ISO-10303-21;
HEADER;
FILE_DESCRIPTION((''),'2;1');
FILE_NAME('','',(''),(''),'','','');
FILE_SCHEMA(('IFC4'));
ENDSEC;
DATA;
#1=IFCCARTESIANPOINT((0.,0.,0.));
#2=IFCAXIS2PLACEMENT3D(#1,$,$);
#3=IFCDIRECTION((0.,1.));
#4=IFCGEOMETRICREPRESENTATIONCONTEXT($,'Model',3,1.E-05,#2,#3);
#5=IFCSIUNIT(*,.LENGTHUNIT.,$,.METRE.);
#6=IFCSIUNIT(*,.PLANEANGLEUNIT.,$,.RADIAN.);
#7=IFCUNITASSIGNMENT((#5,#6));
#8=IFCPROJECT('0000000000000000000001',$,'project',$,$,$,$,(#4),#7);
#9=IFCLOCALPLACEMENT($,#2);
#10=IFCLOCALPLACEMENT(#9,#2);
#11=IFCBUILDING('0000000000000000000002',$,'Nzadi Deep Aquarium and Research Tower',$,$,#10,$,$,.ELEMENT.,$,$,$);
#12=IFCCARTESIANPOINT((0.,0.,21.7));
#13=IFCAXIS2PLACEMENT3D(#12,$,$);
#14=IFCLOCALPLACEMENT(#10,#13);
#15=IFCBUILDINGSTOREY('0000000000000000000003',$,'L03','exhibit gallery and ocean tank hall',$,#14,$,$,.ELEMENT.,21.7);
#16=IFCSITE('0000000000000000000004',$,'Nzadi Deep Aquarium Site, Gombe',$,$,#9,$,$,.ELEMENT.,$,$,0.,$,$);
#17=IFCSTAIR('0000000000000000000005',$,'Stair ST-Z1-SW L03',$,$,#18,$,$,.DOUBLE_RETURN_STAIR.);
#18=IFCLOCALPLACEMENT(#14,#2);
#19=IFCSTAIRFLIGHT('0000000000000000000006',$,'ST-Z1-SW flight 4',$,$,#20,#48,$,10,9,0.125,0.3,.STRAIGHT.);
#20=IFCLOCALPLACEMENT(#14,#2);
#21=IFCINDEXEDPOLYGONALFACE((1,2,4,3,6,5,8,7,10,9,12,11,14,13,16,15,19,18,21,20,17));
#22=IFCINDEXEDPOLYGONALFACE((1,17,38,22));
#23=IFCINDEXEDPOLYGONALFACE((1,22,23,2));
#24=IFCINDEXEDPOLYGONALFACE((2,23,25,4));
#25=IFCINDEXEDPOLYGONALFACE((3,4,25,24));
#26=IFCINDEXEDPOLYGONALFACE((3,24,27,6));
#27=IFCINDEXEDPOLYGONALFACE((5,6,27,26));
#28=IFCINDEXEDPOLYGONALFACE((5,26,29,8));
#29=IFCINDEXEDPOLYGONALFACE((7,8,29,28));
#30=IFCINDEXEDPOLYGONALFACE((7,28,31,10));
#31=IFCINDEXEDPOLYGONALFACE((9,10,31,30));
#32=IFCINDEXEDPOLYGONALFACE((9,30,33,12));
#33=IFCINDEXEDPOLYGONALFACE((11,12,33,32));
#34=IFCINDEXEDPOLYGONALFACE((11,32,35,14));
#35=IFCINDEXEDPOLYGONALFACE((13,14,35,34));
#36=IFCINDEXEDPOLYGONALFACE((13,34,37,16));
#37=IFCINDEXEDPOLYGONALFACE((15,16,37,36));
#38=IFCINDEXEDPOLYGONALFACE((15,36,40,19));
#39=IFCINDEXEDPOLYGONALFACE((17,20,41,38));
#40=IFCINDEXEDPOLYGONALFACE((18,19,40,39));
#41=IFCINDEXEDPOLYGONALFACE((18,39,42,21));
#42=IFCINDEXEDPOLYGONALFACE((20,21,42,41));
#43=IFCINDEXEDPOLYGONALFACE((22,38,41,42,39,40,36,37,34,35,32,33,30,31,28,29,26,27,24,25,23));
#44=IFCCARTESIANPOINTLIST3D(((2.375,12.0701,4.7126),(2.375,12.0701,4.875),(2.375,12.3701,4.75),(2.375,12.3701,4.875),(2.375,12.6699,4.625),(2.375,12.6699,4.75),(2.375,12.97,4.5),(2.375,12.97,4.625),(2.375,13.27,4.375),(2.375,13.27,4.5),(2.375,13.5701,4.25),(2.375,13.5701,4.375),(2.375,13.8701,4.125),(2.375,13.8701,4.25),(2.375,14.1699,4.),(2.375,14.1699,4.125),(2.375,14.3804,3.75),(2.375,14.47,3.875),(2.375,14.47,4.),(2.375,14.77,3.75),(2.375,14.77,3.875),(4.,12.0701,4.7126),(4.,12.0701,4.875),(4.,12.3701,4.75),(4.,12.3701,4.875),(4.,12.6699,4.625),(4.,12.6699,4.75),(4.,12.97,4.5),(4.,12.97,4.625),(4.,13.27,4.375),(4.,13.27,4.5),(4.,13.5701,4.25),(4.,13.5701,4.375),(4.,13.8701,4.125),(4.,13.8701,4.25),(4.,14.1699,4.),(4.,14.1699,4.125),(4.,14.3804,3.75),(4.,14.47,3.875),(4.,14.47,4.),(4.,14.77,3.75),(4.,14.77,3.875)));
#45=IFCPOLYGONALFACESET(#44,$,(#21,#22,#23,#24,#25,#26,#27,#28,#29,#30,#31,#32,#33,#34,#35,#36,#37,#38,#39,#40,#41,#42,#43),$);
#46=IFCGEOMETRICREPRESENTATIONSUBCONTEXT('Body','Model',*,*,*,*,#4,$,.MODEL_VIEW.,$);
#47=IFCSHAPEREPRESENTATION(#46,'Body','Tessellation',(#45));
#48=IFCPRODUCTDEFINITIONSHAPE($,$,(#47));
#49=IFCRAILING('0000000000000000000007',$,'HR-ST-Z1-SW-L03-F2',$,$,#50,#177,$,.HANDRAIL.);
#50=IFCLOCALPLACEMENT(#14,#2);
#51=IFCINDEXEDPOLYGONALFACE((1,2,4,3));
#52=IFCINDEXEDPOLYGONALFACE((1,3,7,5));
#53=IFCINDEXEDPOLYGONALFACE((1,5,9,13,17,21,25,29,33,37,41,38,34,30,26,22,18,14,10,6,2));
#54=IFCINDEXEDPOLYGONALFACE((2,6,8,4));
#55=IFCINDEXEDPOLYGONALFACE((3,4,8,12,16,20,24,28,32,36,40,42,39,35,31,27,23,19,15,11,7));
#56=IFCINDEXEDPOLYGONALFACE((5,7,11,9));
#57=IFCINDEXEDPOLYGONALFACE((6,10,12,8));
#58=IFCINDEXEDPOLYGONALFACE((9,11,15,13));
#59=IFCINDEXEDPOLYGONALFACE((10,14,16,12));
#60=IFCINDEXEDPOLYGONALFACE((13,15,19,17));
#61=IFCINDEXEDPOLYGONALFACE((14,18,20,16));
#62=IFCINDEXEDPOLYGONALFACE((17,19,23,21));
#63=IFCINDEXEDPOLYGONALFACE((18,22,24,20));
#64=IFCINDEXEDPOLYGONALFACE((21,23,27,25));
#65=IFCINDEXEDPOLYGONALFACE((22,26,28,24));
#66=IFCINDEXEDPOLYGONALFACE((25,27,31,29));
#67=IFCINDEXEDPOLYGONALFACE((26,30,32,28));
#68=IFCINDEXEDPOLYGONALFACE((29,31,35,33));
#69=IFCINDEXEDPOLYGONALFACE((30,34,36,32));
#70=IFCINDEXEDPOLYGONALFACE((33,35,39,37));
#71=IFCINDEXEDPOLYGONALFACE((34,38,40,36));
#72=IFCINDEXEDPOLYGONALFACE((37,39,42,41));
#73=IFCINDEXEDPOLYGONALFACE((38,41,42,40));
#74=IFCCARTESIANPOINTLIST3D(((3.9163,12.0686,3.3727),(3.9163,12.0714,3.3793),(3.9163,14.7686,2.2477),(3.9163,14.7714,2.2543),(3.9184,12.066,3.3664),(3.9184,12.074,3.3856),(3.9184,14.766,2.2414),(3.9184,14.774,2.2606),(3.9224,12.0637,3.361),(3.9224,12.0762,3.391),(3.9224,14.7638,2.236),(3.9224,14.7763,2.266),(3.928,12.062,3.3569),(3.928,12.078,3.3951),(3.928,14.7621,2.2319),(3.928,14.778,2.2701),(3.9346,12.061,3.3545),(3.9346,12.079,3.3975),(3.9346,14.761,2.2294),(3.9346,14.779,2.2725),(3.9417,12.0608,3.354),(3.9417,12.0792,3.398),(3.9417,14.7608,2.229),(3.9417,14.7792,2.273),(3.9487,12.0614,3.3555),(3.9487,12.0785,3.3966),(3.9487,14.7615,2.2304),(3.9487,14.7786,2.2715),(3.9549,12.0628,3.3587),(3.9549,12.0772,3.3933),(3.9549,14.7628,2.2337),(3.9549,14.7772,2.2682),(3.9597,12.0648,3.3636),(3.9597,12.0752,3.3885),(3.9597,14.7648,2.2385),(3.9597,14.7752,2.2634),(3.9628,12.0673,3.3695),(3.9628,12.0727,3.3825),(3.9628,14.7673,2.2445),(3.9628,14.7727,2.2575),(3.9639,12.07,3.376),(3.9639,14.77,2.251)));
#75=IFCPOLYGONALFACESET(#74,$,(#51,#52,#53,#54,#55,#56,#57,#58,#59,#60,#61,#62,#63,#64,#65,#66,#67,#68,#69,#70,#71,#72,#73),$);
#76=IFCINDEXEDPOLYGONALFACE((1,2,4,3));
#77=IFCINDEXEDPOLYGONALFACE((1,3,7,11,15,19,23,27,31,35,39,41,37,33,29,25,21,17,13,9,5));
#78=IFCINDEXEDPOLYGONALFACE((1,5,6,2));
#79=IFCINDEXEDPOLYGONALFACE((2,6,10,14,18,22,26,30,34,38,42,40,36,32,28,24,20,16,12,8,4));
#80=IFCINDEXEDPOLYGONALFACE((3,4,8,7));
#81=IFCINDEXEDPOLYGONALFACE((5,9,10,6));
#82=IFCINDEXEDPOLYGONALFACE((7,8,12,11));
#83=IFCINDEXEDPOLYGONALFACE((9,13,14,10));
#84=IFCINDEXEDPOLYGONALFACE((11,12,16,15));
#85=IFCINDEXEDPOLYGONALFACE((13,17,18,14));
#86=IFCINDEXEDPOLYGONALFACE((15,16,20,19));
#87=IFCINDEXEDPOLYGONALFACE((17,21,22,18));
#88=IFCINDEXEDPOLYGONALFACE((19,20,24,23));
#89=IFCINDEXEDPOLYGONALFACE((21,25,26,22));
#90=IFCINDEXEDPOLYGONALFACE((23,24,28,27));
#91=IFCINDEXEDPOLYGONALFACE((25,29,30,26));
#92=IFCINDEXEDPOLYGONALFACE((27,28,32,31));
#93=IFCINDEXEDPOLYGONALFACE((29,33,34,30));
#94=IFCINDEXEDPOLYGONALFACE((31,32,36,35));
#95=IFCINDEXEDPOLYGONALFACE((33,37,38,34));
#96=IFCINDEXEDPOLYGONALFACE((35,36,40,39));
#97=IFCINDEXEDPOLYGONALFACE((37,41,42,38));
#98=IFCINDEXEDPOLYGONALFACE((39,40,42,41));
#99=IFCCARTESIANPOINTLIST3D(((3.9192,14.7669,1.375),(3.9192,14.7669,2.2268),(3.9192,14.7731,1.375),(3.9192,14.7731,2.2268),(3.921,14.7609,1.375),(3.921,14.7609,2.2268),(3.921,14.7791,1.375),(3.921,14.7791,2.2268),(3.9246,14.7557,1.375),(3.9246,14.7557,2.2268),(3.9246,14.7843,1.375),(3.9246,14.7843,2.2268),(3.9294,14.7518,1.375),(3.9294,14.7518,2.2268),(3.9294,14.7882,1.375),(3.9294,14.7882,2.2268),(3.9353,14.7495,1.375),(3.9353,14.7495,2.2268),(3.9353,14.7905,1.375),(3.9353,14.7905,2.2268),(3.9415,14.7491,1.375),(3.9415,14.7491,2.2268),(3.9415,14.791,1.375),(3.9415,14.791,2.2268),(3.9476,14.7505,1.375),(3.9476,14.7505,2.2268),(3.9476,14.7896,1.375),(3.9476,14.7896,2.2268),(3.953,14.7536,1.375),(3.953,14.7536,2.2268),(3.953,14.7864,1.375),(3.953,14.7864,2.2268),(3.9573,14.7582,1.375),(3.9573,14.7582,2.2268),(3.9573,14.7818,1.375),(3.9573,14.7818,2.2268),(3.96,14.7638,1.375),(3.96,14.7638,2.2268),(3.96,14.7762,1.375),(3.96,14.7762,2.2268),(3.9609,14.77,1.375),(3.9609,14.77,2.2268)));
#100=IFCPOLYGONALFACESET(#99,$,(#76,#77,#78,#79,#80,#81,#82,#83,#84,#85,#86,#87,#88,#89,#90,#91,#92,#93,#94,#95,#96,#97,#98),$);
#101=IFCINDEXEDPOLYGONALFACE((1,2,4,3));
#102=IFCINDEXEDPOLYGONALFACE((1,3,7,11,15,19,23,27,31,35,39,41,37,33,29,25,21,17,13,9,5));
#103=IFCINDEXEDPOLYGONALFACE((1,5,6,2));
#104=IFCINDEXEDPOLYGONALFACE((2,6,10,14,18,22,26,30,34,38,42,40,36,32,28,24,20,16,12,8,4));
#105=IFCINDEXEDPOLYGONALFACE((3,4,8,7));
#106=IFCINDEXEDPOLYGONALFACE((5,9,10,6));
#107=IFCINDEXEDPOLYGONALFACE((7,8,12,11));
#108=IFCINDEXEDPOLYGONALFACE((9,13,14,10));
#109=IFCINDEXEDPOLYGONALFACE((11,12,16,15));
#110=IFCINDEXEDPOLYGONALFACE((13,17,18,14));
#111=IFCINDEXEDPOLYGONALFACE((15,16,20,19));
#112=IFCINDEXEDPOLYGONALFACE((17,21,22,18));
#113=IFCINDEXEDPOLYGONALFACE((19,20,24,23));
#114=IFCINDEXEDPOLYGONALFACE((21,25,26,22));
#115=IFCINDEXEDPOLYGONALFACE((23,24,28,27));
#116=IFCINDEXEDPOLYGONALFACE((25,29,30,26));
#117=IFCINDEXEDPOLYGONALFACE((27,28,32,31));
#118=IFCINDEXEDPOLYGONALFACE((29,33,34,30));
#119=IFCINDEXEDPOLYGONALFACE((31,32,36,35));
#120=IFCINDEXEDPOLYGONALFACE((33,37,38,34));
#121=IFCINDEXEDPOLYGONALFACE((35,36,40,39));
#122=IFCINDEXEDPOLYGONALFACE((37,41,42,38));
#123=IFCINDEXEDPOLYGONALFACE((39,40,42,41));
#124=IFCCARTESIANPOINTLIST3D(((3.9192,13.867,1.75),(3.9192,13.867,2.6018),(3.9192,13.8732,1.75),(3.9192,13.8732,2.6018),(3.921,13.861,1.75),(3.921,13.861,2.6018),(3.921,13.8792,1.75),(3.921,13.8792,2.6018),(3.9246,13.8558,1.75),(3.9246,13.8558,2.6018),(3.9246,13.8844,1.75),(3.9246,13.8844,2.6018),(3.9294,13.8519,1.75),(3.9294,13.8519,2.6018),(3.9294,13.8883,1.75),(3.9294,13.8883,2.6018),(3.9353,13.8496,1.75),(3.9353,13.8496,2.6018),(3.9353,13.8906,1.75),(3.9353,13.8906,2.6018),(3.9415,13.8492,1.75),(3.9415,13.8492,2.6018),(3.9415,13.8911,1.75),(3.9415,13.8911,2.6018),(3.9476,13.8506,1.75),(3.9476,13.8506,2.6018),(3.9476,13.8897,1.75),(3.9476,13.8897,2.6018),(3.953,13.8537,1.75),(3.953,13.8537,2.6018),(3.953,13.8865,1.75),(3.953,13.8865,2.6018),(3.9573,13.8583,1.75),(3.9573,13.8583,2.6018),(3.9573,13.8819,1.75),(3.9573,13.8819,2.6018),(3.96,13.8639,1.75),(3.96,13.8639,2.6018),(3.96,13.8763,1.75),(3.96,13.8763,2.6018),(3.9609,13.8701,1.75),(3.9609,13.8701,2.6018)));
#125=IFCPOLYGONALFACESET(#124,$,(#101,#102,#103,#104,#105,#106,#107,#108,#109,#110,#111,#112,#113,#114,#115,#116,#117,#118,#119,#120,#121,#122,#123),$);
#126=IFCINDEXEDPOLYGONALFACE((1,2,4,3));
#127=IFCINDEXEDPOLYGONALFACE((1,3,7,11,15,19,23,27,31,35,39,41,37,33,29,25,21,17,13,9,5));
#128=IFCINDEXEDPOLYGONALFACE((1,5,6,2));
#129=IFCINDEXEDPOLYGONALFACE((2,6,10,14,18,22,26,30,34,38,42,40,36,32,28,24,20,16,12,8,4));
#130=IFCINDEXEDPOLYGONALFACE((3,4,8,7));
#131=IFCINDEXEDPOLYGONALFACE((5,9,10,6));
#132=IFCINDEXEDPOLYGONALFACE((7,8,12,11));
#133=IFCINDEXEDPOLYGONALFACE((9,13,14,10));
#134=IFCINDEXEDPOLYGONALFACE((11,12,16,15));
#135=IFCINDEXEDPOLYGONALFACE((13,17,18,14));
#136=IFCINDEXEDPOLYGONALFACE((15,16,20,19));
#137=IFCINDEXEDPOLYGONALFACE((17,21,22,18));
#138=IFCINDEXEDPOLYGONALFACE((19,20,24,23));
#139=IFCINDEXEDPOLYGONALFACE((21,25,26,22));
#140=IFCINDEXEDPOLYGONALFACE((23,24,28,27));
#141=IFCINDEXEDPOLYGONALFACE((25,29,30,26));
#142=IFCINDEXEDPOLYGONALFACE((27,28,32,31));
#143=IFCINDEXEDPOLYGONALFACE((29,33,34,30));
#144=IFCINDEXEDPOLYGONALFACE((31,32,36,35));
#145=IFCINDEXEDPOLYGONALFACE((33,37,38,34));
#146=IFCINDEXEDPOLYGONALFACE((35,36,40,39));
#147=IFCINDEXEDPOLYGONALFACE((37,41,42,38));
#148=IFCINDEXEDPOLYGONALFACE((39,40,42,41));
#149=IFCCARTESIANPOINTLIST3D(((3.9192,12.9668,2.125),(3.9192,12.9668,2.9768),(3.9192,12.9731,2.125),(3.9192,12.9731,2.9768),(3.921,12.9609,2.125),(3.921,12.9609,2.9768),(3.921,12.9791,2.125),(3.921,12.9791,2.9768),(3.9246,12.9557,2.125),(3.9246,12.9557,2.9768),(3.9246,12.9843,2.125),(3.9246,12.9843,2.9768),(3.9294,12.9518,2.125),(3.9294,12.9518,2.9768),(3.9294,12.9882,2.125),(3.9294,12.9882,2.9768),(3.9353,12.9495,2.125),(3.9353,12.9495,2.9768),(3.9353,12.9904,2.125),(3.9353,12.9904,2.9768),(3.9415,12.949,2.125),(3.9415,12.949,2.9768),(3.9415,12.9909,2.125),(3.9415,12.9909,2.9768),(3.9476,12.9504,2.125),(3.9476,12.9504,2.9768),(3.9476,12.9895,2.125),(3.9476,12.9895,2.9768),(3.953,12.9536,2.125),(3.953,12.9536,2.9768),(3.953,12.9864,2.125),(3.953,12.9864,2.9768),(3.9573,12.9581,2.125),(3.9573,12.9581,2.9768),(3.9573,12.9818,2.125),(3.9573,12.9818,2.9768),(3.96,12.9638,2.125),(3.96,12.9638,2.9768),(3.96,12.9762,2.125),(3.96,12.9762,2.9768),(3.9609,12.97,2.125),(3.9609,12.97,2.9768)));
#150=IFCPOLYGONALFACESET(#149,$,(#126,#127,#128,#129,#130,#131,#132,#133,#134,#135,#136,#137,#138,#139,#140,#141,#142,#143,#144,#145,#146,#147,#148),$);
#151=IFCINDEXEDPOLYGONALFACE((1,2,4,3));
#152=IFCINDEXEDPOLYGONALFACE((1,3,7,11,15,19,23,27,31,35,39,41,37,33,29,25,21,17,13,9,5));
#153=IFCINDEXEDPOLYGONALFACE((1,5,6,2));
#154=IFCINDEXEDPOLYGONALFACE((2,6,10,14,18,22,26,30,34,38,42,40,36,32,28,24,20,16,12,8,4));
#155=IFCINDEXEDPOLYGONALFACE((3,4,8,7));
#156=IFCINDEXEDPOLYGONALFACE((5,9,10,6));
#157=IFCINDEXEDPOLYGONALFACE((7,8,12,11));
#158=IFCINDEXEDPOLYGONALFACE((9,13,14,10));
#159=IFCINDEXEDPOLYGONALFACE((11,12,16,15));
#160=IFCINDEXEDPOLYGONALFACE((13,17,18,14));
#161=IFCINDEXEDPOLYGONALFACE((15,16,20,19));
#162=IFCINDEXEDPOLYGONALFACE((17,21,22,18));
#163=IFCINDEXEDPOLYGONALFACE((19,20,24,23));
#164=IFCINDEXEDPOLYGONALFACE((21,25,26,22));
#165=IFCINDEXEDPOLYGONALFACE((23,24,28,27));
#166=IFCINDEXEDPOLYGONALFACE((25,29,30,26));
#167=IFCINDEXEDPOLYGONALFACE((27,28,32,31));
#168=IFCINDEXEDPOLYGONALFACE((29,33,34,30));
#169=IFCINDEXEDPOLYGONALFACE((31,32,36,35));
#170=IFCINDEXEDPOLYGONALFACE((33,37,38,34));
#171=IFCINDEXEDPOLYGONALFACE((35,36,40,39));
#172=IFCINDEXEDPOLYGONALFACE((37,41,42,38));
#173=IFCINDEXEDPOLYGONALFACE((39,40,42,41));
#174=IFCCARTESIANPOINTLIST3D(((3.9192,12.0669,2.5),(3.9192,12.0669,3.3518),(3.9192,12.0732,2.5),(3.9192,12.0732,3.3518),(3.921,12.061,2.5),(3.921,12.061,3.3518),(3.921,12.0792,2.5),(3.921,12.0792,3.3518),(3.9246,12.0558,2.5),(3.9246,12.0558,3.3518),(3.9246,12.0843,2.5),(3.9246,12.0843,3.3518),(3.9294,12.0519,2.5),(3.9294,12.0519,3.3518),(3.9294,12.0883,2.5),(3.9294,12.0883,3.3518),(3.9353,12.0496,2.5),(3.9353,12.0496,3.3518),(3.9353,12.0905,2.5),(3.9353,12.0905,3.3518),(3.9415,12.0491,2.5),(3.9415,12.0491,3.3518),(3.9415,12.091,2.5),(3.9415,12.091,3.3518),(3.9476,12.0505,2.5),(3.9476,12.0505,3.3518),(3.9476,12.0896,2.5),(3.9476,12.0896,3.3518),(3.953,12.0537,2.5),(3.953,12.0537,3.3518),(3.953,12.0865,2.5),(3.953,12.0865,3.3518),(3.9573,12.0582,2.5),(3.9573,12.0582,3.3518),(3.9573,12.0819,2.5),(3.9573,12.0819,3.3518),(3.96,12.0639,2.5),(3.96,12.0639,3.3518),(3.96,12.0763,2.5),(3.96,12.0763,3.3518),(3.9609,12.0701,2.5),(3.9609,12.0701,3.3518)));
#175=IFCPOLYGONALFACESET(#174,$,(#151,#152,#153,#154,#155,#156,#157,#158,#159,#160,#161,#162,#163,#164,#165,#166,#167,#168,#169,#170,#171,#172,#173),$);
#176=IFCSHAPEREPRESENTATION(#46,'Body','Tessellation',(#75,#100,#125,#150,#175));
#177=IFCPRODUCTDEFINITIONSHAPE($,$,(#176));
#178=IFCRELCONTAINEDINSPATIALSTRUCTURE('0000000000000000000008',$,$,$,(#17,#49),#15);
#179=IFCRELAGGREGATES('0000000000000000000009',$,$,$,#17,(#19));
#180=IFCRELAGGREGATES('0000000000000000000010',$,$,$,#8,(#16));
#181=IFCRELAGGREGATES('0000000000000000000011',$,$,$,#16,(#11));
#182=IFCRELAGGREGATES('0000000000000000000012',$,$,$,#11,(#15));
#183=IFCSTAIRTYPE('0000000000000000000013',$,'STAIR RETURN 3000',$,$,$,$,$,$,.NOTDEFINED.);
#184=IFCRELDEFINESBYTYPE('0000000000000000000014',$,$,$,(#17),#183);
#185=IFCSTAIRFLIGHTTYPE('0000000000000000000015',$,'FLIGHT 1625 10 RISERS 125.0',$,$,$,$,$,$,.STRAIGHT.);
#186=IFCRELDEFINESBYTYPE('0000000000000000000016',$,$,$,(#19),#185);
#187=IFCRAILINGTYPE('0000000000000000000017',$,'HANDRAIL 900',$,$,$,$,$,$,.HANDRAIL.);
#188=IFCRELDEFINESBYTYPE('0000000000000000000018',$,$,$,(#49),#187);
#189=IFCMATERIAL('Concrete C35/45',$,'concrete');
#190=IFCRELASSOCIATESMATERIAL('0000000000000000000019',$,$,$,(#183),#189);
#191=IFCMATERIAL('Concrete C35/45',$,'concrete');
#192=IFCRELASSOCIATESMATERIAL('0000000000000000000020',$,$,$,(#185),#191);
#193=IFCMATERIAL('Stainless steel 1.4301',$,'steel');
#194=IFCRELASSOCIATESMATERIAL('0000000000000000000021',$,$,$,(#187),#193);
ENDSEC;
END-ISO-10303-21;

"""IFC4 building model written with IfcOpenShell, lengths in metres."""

from ifc_helpers import new_model, si_unit, direction, frame, origin, origin_2d, place, context, subcontext, project, spatial, polyline, circle, outline, extrude, material, type_object, element, aggregate, save


model = new_model("IFC4")

# Units and contexts
model_context = context("Model", 3, precision=1e-05, world=origin(), true_north=direction((0.0, 1.0)))
body_context = subcontext(model_context, "Body", "Model", "MODEL_VIEW")
ifc_project = project(units=[si_unit("LENGTHUNIT", "METRE"), si_unit("PLANEANGLEUNIT", "RADIAN")], contexts=[model_context])

# Site, building, storey
site_placement = place(None, origin())
site = spatial("IfcSite", under=ifc_project, at=site_placement, Name="Nzadi Deep Aquarium Site, Gombe", CompositionType="ELEMENT", RefElevation=0.0)
building_placement = place(site_placement, origin())
building = spatial("IfcBuilding", under=site, at=building_placement, Name="Nzadi Deep Aquarium and Research Tower", CompositionType="ELEMENT")
storey_placement = place(building_placement, frame((0.0, 0.0, 21.7)))
storey = spatial("IfcBuildingStorey", under=building, at=storey_placement, Name="L03", Description="exhibit gallery and ocean tank hall", CompositionType="ELEMENT", Elevation=21.7)

# Stair, stair flight
ifc_material_1 = material(Name="Concrete C35/45", Category="concrete")
stair_type = type_object("IfcStairType", Name="STAIR RETURN 3000", PredefinedType="NOTDEFINED", material=ifc_material_1)
stair_placement = place(storey_placement, origin())
stair = element("IfcStair", 1, at=stair_placement, inside=storey, type_object=stair_type, Name="Stair ST-Z1-SW L03", PredefinedType="DOUBLE_RETURN_STAIR")
ifc_material_2 = material(Name="Concrete C35/45", Category="concrete")
stair_flight_type = type_object("IfcStairFlightType", Name="FLIGHT 1625 10 RISERS 125.0", PredefinedType="STRAIGHT", material=ifc_material_2)
stair_flight_1_placement = place(storey_placement, frame((3.1875, 14.77, 3.75), z_axis=(0.0, 0.0, 1.0), x_axis=(0.0, -1.0, 0.0)))
stair_flight_1 = element("IfcStairFlight", 2, at=stair_flight_1_placement, type_object=stair_flight_type, Name="ST-Z1-SW flight 4", NumberOfRisers=10, NumberOfTreads=9, PredefinedType="STRAIGHT", RiserHeight=0.125, TreadLength=0.3, context=body_context, shape_type="SweptSolid", body=[
    extrude(outline(polyline([(0.0, 0.0), (0.0, 0.125), (0.3, 0.125), (0.3, 0.25), (0.6001, 0.25), (0.6001, 0.375), (0.8999, 0.375), (0.8999, 0.5), (1.2, 0.5), (1.2, 0.625), (1.5, 0.625), (1.5, 0.75), (1.8, 0.75), (1.8, 0.875), (2.1001, 0.875), (2.1001, 1.0), (2.3999, 1.0), (2.3999, 1.125), (2.7, 1.125), (2.7, 1.25), (2.7, 0.9626), (0.3896, 0.0), (0.0, 0.0)])), frame((0.0, 0.8125, 0.0), z_axis=(0.0, -1.0, 0.0), x_axis=(1.0, 0.0, 0.0)), (0.0, 0.0, 1.0), 1.625),
])
aggregate(stair, [stair_flight_1])

# Railing
ifc_material_3 = material(Name="Stainless steel 1.4301", Category="steel")
railing_type = type_object("IfcRailingType", Name="HANDRAIL 900", PredefinedType="HANDRAIL", material=ifc_material_3)
for number, where, name in (
    (3, (3.9399, 14.77, 1.375), "HR-ST-Z1-SW-L03-F2"),
):
    element("IfcRailing", number, at=place(storey_placement, frame(where)), inside=storey, type_object=railing_type, Name=name, PredefinedType="HANDRAIL", context=body_context, shape_type="SweptSolid", body=[
        extrude(circle(Radius=0.0239, at=origin_2d()), frame((0.0, 0.0, 0.876), z_axis=(0.0, -0.923074, 0.384621), x_axis=(1.0, 0.0, 0.0)), (0.0, 0.0, 1.0), 2.925),
        extrude(circle(Radius=0.021, at=origin_2d()), origin(), (0.0, 0.0, 1.0), 0.8518),
        extrude(circle(Radius=0.021, at=origin_2d()), frame((0.0, -0.8999, 0.375)), (0.0, 0.0, 1.0), 0.8518),
        extrude(circle(Radius=0.021, at=origin_2d()), frame((0.0, -1.8, 0.75)), (0.0, 0.0, 1.0), 0.8518),
        extrude(circle(Radius=0.021, at=origin_2d()), frame((0.0, -2.7, 1.125)), (0.0, 0.0, 1.0), 0.8518),
    ])

save(model, "model.ifc")
